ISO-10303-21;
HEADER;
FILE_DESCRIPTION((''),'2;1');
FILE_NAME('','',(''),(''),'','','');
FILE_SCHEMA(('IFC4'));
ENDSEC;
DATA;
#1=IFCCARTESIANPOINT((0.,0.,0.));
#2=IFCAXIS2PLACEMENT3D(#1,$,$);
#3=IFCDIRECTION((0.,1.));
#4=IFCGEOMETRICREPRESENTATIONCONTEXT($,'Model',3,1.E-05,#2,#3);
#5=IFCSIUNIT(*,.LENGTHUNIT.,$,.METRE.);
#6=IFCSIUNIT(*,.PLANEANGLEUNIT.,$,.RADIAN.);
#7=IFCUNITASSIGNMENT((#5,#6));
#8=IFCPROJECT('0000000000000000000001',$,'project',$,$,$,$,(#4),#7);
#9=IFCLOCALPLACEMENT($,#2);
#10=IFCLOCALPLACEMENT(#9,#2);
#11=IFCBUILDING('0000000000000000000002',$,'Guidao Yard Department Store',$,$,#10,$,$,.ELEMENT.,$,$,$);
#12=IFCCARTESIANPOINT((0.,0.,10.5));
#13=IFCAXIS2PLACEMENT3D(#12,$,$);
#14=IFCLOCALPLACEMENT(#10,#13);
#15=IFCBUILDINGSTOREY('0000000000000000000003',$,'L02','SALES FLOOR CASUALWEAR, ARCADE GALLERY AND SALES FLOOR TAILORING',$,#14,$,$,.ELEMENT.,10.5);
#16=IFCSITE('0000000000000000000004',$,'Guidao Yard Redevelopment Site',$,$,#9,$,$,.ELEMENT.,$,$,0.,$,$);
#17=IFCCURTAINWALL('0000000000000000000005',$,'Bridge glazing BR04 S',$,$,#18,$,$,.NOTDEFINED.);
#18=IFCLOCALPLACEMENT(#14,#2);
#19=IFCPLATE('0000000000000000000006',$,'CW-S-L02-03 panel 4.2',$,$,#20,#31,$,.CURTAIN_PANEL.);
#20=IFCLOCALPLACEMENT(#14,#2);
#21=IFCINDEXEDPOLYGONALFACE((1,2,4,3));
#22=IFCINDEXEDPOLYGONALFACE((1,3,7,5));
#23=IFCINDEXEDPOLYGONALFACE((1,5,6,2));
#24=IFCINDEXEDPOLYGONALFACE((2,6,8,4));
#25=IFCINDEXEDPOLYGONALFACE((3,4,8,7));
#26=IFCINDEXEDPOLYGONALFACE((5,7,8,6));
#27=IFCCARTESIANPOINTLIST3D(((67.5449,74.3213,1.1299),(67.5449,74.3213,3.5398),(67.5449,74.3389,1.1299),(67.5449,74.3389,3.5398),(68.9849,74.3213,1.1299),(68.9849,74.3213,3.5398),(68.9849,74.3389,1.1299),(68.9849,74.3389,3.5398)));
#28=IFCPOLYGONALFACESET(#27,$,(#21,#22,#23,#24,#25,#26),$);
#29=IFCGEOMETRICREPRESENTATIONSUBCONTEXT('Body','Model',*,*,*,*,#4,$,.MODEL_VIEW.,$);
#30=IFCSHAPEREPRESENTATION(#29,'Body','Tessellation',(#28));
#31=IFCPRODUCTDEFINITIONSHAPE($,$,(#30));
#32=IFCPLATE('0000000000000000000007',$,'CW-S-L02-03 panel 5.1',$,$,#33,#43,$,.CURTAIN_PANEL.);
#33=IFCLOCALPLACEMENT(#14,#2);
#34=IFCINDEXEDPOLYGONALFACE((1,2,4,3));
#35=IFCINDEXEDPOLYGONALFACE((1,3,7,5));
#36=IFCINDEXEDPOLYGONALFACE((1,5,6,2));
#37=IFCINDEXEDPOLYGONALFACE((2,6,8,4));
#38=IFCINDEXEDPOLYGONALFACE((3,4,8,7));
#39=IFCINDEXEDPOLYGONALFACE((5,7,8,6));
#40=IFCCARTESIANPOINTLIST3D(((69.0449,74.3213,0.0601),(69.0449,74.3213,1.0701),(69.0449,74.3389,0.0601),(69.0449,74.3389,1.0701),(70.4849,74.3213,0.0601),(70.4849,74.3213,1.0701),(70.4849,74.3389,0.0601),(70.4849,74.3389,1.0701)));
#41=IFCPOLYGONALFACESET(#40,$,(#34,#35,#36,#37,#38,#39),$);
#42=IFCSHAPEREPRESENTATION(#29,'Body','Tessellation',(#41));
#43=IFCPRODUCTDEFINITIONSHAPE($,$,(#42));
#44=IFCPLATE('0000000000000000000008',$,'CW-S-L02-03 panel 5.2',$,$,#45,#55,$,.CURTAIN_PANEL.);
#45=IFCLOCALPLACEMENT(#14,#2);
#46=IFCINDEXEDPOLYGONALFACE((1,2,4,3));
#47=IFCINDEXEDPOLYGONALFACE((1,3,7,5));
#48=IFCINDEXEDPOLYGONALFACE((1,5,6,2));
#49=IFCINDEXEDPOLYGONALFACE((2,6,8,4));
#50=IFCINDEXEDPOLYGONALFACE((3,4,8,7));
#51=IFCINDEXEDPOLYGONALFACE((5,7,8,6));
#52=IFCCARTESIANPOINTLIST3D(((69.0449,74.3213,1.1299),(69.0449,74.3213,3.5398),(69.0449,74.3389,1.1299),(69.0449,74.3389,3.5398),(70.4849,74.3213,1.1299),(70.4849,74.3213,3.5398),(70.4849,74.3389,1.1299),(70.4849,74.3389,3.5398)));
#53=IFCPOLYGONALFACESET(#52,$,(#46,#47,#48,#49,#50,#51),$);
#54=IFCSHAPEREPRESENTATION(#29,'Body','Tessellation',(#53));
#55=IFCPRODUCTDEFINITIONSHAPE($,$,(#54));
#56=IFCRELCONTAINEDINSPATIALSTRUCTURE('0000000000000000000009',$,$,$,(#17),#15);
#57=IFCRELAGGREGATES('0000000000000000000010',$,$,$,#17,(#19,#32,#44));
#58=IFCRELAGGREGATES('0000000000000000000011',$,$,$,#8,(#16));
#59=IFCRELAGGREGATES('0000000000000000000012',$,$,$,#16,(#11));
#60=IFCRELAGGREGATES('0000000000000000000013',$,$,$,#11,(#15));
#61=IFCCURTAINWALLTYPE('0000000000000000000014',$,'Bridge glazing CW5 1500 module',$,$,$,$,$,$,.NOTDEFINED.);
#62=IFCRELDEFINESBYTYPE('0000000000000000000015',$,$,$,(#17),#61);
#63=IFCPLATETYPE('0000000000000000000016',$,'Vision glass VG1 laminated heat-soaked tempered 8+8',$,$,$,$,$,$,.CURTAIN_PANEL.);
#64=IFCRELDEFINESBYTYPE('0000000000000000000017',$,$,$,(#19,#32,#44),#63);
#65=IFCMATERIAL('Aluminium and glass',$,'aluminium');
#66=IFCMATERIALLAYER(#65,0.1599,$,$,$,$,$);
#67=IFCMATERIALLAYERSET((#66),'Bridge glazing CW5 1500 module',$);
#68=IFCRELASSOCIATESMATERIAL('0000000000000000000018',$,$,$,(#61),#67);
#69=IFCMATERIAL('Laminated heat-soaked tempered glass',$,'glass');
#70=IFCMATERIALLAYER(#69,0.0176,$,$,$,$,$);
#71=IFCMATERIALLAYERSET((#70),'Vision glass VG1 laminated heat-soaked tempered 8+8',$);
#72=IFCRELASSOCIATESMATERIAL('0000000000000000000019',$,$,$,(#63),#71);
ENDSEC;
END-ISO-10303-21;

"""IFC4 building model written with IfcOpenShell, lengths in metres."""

from ifc_helpers import new_model, si_unit, direction, frame, origin, origin_2d, place, context, subcontext, project, spatial, rectangle, extrude, material, layer, layer_set, type_object, element, aggregate, save


model = new_model("IFC4")

# Units and contexts
model_context = context("Model", 3, precision=1e-05, world=origin(), true_north=direction((0.0, 1.0)))
body_context = subcontext(model_context, "Body", "Model", "MODEL_VIEW")
ifc_project = project(units=[si_unit("LENGTHUNIT", "METRE"), si_unit("PLANEANGLEUNIT", "RADIAN")], contexts=[model_context])

# Site, building, storey
site_placement = place(None, origin())
site = spatial("IfcSite", under=ifc_project, at=site_placement, Name="Guidao Yard Redevelopment Site", CompositionType="ELEMENT", RefElevation=0.0)
building_placement = place(site_placement, origin())
building = spatial("IfcBuilding", under=site, at=building_placement, Name="Guidao Yard Department Store", CompositionType="ELEMENT")
storey_placement = place(building_placement, frame((0.0, 0.0, 10.5)))
storey = spatial("IfcBuildingStorey", under=building, at=storey_placement, Name="L02", Description="SALES FLOOR CASUALWEAR, ARCADE GALLERY AND SALES FLOOR TAILORING", CompositionType="ELEMENT", Elevation=10.5)

# Curtain wall
ifc_material_1 = material(Name="Aluminium and glass", Category="aluminium")
ifc_layer_1 = layer(ifc_material_1, 0.1599)
ifc_layer_set_1 = layer_set([ifc_layer_1], Name="Bridge glazing CW5 1500 module")
curtain_wall_type = type_object("IfcCurtainWallType", Name="Bridge glazing CW5 1500 module", PredefinedType="NOTDEFINED", material=ifc_layer_set_1)
curtain_wall_1_placement = place(storey_placement, origin())
curtain_wall_1 = element("IfcCurtainWall", 1, at=curtain_wall_1_placement, inside=storey, type_object=curtain_wall_type, Name="Bridge glazing BR04 S", PredefinedType="NOTDEFINED")

# Plates
ifc_material_2 = material(Name="Laminated heat-soaked tempered glass", Category="glass")
ifc_layer_2 = layer(ifc_material_2, 0.0176)
ifc_layer_set_2 = layer_set([ifc_layer_2], Name="Vision glass VG1 laminated heat-soaked tempered 8+8")
plate_type_1 = type_object("IfcPlateType", Name="Vision glass VG1 laminated heat-soaked tempered 8+8", PredefinedType="CURTAIN_PANEL", material=ifc_layer_set_2)
plate_1_placement = place(storey_placement, frame((68.2649, 74.3301, 1.1299), z_axis=(0.0, 0.0, 1.0), x_axis=(-1.0, 0.0, 0.0)))
plate_1 = element("IfcPlate", 2, at=plate_1_placement, type_object=plate_type_1, Name="CW-S-L02-03 panel 4.2", PredefinedType="CURTAIN_PANEL", context=body_context, shape_type="SweptSolid", body=[
    extrude(rectangle(XDim=1.4399, YDim=0.0176, at=origin_2d()), origin(), (0.0, 0.0, 1.0), 2.4099),
])
plate_2_placement = place(storey_placement, frame((69.7649, 74.3301, 0.0601), z_axis=(0.0, 0.0, 1.0), x_axis=(-1.0, 0.0, 0.0)))
plate_2 = element("IfcPlate", 3, at=plate_2_placement, type_object=plate_type_1, Name="CW-S-L02-03 panel 5.1", PredefinedType="CURTAIN_PANEL", context=body_context, shape_type="SweptSolid", body=[
    extrude(rectangle(XDim=1.4399, YDim=0.0176, at=origin_2d()), origin(), (0.0, 0.0, 1.0), 1.01),
])
plate_3_placement = place(storey_placement, frame((69.7649, 74.3301, 1.1299), z_axis=(0.0, 0.0, 1.0), x_axis=(-1.0, 0.0, 0.0)))
plate_3 = element("IfcPlate", 4, at=plate_3_placement, type_object=plate_type_1, Name="CW-S-L02-03 panel 5.2", PredefinedType="CURTAIN_PANEL", context=body_context, shape_type="SweptSolid", body=[
    extrude(rectangle(XDim=1.4399, YDim=0.0176, at=origin_2d()), origin(), (0.0, 0.0, 1.0), 2.4099),
])
aggregate(curtain_wall_1, [plate_1, plate_2, plate_3])

save(model, "model.ifc")
